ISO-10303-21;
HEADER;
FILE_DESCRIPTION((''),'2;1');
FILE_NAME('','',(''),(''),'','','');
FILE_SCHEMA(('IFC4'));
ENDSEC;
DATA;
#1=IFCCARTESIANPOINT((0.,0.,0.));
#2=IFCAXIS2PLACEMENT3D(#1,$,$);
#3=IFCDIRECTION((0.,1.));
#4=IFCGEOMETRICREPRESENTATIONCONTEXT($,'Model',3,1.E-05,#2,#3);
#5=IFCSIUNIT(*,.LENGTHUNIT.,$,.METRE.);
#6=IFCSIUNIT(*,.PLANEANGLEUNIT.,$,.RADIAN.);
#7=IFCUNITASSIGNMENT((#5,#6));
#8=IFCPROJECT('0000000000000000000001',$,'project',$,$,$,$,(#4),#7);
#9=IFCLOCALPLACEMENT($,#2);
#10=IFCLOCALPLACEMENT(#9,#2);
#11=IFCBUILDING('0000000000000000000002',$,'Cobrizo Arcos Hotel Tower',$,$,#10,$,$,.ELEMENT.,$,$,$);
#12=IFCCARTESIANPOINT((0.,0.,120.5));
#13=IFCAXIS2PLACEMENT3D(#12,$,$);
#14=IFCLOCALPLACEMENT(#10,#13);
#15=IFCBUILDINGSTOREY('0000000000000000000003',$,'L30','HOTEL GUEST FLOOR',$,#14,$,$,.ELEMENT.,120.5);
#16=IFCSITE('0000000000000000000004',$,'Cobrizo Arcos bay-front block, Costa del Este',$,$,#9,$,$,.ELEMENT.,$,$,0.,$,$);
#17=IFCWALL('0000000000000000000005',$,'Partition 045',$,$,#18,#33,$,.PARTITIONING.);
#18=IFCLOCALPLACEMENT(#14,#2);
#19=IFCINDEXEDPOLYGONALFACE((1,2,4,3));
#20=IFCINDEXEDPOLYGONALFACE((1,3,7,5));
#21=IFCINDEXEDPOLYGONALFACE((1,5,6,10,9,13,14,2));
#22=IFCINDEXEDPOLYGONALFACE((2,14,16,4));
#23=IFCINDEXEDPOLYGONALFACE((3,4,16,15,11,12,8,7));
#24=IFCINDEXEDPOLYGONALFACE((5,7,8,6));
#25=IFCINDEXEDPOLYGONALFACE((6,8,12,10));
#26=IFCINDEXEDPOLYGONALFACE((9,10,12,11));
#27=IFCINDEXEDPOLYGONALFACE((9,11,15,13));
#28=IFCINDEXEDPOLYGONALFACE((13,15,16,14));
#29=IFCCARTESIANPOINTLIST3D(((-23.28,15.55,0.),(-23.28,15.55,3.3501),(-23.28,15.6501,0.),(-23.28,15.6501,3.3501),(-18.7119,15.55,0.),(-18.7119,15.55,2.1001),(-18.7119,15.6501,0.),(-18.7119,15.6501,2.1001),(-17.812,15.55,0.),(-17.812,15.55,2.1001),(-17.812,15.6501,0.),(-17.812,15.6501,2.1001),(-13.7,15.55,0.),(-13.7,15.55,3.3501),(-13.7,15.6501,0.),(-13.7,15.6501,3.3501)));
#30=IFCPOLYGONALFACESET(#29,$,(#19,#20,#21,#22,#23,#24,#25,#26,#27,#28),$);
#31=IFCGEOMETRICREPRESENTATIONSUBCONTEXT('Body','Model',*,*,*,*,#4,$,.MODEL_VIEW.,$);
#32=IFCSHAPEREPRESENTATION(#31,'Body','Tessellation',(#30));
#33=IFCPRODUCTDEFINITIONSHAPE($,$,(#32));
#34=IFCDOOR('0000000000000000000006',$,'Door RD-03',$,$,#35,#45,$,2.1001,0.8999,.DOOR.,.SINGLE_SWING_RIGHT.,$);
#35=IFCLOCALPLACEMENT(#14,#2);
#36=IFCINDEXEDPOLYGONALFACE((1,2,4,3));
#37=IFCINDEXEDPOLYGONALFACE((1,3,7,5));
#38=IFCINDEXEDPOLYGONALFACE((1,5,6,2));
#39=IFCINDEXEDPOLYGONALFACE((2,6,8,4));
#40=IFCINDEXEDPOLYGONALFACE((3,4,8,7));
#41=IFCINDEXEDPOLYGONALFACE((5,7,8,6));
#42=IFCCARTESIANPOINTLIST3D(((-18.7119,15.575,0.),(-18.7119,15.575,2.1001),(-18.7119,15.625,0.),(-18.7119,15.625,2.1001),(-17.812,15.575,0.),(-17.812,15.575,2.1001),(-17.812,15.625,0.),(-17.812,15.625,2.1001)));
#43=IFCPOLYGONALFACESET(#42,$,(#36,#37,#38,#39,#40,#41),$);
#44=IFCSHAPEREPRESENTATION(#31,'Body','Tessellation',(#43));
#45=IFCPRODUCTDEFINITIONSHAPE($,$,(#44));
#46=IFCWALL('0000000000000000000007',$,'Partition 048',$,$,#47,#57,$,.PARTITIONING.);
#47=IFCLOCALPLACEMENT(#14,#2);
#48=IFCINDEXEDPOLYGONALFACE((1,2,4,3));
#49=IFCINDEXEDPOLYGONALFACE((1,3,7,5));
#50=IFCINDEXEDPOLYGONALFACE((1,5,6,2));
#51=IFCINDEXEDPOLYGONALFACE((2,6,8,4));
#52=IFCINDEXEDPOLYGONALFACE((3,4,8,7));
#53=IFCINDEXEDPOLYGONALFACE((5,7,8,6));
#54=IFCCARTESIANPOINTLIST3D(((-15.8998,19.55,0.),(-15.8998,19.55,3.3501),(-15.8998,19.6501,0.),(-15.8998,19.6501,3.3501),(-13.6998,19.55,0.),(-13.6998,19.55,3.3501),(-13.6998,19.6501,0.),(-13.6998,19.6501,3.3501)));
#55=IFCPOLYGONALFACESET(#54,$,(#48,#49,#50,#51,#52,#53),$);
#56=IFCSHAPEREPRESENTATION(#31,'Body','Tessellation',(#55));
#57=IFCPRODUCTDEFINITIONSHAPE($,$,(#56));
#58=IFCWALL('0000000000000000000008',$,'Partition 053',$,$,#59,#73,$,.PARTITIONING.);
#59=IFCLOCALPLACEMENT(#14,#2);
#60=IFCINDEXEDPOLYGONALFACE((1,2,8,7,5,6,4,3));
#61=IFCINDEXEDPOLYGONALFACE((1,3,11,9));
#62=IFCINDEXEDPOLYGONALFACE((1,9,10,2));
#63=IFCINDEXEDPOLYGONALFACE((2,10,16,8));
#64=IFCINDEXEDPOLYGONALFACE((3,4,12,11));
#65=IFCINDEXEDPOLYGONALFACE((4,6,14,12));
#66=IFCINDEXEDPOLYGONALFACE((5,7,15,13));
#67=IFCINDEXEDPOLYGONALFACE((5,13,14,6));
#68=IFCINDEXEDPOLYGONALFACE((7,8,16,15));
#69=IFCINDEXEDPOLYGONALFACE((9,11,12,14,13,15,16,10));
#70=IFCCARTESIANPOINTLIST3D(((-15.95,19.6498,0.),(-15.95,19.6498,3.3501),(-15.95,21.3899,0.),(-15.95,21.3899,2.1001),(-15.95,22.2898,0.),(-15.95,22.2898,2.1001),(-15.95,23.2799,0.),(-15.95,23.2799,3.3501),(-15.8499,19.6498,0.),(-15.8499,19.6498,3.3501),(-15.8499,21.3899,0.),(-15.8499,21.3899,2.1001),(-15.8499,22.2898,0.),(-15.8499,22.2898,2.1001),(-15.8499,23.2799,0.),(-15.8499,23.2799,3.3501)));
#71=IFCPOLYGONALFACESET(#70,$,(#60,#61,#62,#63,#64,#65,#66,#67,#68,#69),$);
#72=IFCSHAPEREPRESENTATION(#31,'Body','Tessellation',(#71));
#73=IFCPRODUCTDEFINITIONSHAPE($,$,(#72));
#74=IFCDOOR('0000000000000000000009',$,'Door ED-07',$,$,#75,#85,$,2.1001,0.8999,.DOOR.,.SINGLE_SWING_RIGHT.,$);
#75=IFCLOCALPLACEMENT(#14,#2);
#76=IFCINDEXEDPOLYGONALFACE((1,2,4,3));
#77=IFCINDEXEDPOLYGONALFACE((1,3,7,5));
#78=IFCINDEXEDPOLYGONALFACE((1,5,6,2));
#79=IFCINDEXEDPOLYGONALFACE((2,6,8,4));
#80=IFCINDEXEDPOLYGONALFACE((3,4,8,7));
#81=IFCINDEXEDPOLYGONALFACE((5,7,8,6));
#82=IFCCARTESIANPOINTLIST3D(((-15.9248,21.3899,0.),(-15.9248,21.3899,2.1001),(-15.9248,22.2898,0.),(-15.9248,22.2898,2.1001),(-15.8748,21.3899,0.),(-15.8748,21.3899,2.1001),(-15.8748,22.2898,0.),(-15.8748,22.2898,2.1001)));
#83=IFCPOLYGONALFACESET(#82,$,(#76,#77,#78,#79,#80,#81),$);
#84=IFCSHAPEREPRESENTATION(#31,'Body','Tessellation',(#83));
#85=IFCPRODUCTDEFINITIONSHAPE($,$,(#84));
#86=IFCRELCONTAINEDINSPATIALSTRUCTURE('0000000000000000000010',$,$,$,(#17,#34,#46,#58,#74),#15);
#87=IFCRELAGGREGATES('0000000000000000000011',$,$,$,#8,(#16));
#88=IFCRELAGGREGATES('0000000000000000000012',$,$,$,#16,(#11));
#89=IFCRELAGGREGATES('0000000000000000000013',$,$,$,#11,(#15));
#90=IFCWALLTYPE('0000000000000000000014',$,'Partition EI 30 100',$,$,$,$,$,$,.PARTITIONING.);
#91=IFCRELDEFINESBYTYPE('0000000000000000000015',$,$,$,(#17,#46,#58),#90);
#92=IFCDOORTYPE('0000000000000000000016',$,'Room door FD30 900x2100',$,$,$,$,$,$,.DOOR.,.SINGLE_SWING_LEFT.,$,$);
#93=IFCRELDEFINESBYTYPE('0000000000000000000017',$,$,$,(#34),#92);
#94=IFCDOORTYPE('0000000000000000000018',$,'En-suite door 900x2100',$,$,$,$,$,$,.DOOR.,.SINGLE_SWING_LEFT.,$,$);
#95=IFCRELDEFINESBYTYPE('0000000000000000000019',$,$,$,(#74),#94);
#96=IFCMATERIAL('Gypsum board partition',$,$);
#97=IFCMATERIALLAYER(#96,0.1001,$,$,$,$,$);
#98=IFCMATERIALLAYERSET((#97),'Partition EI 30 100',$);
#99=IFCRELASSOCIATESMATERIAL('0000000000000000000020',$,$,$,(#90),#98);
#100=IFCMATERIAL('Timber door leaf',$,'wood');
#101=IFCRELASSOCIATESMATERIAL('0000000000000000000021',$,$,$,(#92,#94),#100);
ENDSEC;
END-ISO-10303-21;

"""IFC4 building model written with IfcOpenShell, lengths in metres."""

from ifc_helpers import new_model, si_unit, direction, frame, frame_2d, origin, place, context, subcontext, project, spatial, rectangle, extrude, material, layer, layer_set, type_object, element, fill, save


model = new_model("IFC4")

# Units and contexts
model_context = context("Model", 3, precision=1e-05, world=origin(), true_north=direction((0.0, 1.0)))
body_context = subcontext(model_context, "Body", "Model", "MODEL_VIEW")
ifc_project = project(units=[si_unit("LENGTHUNIT", "METRE"), si_unit("PLANEANGLEUNIT", "RADIAN")], contexts=[model_context])

# Site, building, storey
site_placement = place(None, origin())
site = spatial("IfcSite", under=ifc_project, at=site_placement, Name="Cobrizo Arcos bay-front block, Costa del Este", CompositionType="ELEMENT", RefElevation=0.0)
building_placement = place(site_placement, origin())
building = spatial("IfcBuilding", under=site, at=building_placement, Name="Cobrizo Arcos Hotel Tower", CompositionType="ELEMENT")
storey_placement = place(building_placement, frame((0.0, 0.0, 120.5)))
storey = spatial("IfcBuildingStorey", under=building, at=storey_placement, Name="L30", Description="HOTEL GUEST FLOOR", CompositionType="ELEMENT", Elevation=120.5)

# Wall, opening, door
ifc_material_1 = material(Name="Gypsum board partition")
ifc_material_2 = material(Name="Timber door leaf", Category="wood")
ifc_layer_1 = layer(ifc_material_1, 0.1001)
ifc_layer_set_1 = layer_set([ifc_layer_1], Name="Partition EI 30 100")
wall_type_1 = type_object("IfcWallType", Name="Partition EI 30 100", PredefinedType="PARTITIONING", material=ifc_layer_set_1)
wall_1_placement = place(storey_placement, frame((-23.28, 15.6001, 0.0), z_axis=(0.0, 0.0, 1.0), x_axis=(1.0, 0.0, 0.0)))
wall_1 = element("IfcWall", 1, at=wall_1_placement, inside=storey, type_object=wall_type_1, Name="Partition 045", PredefinedType="PARTITIONING", context=body_context, shape_type="SweptSolid", body=[
    extrude(rectangle(XDim=9.5801, YDim=0.1001, at=frame_2d((4.79, 0.0))), origin(), (0.0, 0.0, 1.0), 3.3501),
])
opening_1_placement = place(wall_1_placement, frame((4.5681, 0.0, 0.0)))
opening_1 = element("IfcOpeningElement", 2, at=opening_1_placement, cuts=wall_1, PredefinedType="OPENING", context=body_context, shape_type="SweptSolid", body=[
    extrude(rectangle(XDim=0.8999, YDim=2.1001, at=frame_2d((0.45, 1.05))), frame((0.0, 0.062, 0.0), z_axis=(0.0, -1.0, 0.0), x_axis=(1.0, 0.0, 0.0)), (0.0, 0.0, 1.0), 0.124),
])
door_type_1 = type_object("IfcDoorType", Name="Room door FD30 900x2100", OperationType="SINGLE_SWING_LEFT", PredefinedType="DOOR", material=ifc_material_2)
door_1_placement = place(opening_1_placement, origin())
door_1 = element("IfcDoor", 3, at=door_1_placement, inside=storey, type_object=door_type_1, Name="Door RD-03", OperationType="SINGLE_SWING_RIGHT", OverallHeight=2.1001, OverallWidth=0.8999, PredefinedType="DOOR", context=body_context, shape_type="SweptSolid", body=[
    extrude(rectangle(XDim=0.8999, YDim=2.1001, at=frame_2d((0.45, 1.05))), frame((0.0, 0.0249, 0.0), z_axis=(0.0, -1.0, 0.0), x_axis=(1.0, 0.0, 0.0)), (0.0, 0.0, 1.0), 0.05),
])
fill(opening_1, door_1)

# Wall
wall_2_placement = place(storey_placement, frame((-15.8999, 19.6001, 0.0), z_axis=(0.0, 0.0, 1.0), x_axis=(1.0, 0.0, 0.0)))
element("IfcWall", 4, at=wall_2_placement, inside=storey, type_object=wall_type_1, Name="Partition 048", PredefinedType="PARTITIONING", context=body_context, shape_type="SweptSolid", body=[
    extrude(rectangle(XDim=2.2, YDim=0.1001, at=frame_2d((1.1001, 0.0))), origin(), (0.0, 0.0, 1.0), 3.3501),
])

# Wall, opening, door
wall_3_placement = place(storey_placement, frame((-15.8999, 19.6499, 0.0), z_axis=(0.0, 0.0, 1.0), x_axis=(0.0, 1.0, 0.0)))
wall_3 = element("IfcWall", 5, at=wall_3_placement, inside=storey, type_object=wall_type_1, Name="Partition 053", PredefinedType="PARTITIONING", context=body_context, shape_type="SweptSolid", body=[
    extrude(rectangle(XDim=3.6301, YDim=0.1001, at=frame_2d((1.8149, 0.0))), origin(), (0.0, 0.0, 1.0), 3.3501),
])
opening_2_placement = place(wall_3_placement, frame((1.74, 0.0, 0.0)))
opening_2 = element("IfcOpeningElement", 6, at=opening_2_placement, cuts=wall_3, PredefinedType="OPENING", context=body_context, shape_type="SweptSolid", body=[
    extrude(rectangle(XDim=0.8999, YDim=2.1001, at=frame_2d((0.45, 1.05))), frame((0.0, 0.062, 0.0), z_axis=(0.0, -1.0, 0.0), x_axis=(1.0, 0.0, 0.0)), (0.0, 0.0, 1.0), 0.124),
])
door_type_2 = type_object("IfcDoorType", Name="En-suite door 900x2100", OperationType="SINGLE_SWING_LEFT", PredefinedType="DOOR", material=ifc_material_2)
door_2_placement = place(opening_2_placement, origin())
door_2 = element("IfcDoor", 7, at=door_2_placement, inside=storey, type_object=door_type_2, Name="Door ED-07", OperationType="SINGLE_SWING_RIGHT", OverallHeight=2.1001, OverallWidth=0.8999, PredefinedType="DOOR", context=body_context, shape_type="SweptSolid", body=[
    extrude(rectangle(XDim=0.8999, YDim=2.1001, at=frame_2d((0.45, 1.05))), frame((0.0, 0.0249, 0.0), z_axis=(0.0, -1.0, 0.0), x_axis=(1.0, 0.0, 0.0)), (0.0, 0.0, 1.0), 0.05),
])
fill(opening_2, door_2)

save(model, "model.ifc")
